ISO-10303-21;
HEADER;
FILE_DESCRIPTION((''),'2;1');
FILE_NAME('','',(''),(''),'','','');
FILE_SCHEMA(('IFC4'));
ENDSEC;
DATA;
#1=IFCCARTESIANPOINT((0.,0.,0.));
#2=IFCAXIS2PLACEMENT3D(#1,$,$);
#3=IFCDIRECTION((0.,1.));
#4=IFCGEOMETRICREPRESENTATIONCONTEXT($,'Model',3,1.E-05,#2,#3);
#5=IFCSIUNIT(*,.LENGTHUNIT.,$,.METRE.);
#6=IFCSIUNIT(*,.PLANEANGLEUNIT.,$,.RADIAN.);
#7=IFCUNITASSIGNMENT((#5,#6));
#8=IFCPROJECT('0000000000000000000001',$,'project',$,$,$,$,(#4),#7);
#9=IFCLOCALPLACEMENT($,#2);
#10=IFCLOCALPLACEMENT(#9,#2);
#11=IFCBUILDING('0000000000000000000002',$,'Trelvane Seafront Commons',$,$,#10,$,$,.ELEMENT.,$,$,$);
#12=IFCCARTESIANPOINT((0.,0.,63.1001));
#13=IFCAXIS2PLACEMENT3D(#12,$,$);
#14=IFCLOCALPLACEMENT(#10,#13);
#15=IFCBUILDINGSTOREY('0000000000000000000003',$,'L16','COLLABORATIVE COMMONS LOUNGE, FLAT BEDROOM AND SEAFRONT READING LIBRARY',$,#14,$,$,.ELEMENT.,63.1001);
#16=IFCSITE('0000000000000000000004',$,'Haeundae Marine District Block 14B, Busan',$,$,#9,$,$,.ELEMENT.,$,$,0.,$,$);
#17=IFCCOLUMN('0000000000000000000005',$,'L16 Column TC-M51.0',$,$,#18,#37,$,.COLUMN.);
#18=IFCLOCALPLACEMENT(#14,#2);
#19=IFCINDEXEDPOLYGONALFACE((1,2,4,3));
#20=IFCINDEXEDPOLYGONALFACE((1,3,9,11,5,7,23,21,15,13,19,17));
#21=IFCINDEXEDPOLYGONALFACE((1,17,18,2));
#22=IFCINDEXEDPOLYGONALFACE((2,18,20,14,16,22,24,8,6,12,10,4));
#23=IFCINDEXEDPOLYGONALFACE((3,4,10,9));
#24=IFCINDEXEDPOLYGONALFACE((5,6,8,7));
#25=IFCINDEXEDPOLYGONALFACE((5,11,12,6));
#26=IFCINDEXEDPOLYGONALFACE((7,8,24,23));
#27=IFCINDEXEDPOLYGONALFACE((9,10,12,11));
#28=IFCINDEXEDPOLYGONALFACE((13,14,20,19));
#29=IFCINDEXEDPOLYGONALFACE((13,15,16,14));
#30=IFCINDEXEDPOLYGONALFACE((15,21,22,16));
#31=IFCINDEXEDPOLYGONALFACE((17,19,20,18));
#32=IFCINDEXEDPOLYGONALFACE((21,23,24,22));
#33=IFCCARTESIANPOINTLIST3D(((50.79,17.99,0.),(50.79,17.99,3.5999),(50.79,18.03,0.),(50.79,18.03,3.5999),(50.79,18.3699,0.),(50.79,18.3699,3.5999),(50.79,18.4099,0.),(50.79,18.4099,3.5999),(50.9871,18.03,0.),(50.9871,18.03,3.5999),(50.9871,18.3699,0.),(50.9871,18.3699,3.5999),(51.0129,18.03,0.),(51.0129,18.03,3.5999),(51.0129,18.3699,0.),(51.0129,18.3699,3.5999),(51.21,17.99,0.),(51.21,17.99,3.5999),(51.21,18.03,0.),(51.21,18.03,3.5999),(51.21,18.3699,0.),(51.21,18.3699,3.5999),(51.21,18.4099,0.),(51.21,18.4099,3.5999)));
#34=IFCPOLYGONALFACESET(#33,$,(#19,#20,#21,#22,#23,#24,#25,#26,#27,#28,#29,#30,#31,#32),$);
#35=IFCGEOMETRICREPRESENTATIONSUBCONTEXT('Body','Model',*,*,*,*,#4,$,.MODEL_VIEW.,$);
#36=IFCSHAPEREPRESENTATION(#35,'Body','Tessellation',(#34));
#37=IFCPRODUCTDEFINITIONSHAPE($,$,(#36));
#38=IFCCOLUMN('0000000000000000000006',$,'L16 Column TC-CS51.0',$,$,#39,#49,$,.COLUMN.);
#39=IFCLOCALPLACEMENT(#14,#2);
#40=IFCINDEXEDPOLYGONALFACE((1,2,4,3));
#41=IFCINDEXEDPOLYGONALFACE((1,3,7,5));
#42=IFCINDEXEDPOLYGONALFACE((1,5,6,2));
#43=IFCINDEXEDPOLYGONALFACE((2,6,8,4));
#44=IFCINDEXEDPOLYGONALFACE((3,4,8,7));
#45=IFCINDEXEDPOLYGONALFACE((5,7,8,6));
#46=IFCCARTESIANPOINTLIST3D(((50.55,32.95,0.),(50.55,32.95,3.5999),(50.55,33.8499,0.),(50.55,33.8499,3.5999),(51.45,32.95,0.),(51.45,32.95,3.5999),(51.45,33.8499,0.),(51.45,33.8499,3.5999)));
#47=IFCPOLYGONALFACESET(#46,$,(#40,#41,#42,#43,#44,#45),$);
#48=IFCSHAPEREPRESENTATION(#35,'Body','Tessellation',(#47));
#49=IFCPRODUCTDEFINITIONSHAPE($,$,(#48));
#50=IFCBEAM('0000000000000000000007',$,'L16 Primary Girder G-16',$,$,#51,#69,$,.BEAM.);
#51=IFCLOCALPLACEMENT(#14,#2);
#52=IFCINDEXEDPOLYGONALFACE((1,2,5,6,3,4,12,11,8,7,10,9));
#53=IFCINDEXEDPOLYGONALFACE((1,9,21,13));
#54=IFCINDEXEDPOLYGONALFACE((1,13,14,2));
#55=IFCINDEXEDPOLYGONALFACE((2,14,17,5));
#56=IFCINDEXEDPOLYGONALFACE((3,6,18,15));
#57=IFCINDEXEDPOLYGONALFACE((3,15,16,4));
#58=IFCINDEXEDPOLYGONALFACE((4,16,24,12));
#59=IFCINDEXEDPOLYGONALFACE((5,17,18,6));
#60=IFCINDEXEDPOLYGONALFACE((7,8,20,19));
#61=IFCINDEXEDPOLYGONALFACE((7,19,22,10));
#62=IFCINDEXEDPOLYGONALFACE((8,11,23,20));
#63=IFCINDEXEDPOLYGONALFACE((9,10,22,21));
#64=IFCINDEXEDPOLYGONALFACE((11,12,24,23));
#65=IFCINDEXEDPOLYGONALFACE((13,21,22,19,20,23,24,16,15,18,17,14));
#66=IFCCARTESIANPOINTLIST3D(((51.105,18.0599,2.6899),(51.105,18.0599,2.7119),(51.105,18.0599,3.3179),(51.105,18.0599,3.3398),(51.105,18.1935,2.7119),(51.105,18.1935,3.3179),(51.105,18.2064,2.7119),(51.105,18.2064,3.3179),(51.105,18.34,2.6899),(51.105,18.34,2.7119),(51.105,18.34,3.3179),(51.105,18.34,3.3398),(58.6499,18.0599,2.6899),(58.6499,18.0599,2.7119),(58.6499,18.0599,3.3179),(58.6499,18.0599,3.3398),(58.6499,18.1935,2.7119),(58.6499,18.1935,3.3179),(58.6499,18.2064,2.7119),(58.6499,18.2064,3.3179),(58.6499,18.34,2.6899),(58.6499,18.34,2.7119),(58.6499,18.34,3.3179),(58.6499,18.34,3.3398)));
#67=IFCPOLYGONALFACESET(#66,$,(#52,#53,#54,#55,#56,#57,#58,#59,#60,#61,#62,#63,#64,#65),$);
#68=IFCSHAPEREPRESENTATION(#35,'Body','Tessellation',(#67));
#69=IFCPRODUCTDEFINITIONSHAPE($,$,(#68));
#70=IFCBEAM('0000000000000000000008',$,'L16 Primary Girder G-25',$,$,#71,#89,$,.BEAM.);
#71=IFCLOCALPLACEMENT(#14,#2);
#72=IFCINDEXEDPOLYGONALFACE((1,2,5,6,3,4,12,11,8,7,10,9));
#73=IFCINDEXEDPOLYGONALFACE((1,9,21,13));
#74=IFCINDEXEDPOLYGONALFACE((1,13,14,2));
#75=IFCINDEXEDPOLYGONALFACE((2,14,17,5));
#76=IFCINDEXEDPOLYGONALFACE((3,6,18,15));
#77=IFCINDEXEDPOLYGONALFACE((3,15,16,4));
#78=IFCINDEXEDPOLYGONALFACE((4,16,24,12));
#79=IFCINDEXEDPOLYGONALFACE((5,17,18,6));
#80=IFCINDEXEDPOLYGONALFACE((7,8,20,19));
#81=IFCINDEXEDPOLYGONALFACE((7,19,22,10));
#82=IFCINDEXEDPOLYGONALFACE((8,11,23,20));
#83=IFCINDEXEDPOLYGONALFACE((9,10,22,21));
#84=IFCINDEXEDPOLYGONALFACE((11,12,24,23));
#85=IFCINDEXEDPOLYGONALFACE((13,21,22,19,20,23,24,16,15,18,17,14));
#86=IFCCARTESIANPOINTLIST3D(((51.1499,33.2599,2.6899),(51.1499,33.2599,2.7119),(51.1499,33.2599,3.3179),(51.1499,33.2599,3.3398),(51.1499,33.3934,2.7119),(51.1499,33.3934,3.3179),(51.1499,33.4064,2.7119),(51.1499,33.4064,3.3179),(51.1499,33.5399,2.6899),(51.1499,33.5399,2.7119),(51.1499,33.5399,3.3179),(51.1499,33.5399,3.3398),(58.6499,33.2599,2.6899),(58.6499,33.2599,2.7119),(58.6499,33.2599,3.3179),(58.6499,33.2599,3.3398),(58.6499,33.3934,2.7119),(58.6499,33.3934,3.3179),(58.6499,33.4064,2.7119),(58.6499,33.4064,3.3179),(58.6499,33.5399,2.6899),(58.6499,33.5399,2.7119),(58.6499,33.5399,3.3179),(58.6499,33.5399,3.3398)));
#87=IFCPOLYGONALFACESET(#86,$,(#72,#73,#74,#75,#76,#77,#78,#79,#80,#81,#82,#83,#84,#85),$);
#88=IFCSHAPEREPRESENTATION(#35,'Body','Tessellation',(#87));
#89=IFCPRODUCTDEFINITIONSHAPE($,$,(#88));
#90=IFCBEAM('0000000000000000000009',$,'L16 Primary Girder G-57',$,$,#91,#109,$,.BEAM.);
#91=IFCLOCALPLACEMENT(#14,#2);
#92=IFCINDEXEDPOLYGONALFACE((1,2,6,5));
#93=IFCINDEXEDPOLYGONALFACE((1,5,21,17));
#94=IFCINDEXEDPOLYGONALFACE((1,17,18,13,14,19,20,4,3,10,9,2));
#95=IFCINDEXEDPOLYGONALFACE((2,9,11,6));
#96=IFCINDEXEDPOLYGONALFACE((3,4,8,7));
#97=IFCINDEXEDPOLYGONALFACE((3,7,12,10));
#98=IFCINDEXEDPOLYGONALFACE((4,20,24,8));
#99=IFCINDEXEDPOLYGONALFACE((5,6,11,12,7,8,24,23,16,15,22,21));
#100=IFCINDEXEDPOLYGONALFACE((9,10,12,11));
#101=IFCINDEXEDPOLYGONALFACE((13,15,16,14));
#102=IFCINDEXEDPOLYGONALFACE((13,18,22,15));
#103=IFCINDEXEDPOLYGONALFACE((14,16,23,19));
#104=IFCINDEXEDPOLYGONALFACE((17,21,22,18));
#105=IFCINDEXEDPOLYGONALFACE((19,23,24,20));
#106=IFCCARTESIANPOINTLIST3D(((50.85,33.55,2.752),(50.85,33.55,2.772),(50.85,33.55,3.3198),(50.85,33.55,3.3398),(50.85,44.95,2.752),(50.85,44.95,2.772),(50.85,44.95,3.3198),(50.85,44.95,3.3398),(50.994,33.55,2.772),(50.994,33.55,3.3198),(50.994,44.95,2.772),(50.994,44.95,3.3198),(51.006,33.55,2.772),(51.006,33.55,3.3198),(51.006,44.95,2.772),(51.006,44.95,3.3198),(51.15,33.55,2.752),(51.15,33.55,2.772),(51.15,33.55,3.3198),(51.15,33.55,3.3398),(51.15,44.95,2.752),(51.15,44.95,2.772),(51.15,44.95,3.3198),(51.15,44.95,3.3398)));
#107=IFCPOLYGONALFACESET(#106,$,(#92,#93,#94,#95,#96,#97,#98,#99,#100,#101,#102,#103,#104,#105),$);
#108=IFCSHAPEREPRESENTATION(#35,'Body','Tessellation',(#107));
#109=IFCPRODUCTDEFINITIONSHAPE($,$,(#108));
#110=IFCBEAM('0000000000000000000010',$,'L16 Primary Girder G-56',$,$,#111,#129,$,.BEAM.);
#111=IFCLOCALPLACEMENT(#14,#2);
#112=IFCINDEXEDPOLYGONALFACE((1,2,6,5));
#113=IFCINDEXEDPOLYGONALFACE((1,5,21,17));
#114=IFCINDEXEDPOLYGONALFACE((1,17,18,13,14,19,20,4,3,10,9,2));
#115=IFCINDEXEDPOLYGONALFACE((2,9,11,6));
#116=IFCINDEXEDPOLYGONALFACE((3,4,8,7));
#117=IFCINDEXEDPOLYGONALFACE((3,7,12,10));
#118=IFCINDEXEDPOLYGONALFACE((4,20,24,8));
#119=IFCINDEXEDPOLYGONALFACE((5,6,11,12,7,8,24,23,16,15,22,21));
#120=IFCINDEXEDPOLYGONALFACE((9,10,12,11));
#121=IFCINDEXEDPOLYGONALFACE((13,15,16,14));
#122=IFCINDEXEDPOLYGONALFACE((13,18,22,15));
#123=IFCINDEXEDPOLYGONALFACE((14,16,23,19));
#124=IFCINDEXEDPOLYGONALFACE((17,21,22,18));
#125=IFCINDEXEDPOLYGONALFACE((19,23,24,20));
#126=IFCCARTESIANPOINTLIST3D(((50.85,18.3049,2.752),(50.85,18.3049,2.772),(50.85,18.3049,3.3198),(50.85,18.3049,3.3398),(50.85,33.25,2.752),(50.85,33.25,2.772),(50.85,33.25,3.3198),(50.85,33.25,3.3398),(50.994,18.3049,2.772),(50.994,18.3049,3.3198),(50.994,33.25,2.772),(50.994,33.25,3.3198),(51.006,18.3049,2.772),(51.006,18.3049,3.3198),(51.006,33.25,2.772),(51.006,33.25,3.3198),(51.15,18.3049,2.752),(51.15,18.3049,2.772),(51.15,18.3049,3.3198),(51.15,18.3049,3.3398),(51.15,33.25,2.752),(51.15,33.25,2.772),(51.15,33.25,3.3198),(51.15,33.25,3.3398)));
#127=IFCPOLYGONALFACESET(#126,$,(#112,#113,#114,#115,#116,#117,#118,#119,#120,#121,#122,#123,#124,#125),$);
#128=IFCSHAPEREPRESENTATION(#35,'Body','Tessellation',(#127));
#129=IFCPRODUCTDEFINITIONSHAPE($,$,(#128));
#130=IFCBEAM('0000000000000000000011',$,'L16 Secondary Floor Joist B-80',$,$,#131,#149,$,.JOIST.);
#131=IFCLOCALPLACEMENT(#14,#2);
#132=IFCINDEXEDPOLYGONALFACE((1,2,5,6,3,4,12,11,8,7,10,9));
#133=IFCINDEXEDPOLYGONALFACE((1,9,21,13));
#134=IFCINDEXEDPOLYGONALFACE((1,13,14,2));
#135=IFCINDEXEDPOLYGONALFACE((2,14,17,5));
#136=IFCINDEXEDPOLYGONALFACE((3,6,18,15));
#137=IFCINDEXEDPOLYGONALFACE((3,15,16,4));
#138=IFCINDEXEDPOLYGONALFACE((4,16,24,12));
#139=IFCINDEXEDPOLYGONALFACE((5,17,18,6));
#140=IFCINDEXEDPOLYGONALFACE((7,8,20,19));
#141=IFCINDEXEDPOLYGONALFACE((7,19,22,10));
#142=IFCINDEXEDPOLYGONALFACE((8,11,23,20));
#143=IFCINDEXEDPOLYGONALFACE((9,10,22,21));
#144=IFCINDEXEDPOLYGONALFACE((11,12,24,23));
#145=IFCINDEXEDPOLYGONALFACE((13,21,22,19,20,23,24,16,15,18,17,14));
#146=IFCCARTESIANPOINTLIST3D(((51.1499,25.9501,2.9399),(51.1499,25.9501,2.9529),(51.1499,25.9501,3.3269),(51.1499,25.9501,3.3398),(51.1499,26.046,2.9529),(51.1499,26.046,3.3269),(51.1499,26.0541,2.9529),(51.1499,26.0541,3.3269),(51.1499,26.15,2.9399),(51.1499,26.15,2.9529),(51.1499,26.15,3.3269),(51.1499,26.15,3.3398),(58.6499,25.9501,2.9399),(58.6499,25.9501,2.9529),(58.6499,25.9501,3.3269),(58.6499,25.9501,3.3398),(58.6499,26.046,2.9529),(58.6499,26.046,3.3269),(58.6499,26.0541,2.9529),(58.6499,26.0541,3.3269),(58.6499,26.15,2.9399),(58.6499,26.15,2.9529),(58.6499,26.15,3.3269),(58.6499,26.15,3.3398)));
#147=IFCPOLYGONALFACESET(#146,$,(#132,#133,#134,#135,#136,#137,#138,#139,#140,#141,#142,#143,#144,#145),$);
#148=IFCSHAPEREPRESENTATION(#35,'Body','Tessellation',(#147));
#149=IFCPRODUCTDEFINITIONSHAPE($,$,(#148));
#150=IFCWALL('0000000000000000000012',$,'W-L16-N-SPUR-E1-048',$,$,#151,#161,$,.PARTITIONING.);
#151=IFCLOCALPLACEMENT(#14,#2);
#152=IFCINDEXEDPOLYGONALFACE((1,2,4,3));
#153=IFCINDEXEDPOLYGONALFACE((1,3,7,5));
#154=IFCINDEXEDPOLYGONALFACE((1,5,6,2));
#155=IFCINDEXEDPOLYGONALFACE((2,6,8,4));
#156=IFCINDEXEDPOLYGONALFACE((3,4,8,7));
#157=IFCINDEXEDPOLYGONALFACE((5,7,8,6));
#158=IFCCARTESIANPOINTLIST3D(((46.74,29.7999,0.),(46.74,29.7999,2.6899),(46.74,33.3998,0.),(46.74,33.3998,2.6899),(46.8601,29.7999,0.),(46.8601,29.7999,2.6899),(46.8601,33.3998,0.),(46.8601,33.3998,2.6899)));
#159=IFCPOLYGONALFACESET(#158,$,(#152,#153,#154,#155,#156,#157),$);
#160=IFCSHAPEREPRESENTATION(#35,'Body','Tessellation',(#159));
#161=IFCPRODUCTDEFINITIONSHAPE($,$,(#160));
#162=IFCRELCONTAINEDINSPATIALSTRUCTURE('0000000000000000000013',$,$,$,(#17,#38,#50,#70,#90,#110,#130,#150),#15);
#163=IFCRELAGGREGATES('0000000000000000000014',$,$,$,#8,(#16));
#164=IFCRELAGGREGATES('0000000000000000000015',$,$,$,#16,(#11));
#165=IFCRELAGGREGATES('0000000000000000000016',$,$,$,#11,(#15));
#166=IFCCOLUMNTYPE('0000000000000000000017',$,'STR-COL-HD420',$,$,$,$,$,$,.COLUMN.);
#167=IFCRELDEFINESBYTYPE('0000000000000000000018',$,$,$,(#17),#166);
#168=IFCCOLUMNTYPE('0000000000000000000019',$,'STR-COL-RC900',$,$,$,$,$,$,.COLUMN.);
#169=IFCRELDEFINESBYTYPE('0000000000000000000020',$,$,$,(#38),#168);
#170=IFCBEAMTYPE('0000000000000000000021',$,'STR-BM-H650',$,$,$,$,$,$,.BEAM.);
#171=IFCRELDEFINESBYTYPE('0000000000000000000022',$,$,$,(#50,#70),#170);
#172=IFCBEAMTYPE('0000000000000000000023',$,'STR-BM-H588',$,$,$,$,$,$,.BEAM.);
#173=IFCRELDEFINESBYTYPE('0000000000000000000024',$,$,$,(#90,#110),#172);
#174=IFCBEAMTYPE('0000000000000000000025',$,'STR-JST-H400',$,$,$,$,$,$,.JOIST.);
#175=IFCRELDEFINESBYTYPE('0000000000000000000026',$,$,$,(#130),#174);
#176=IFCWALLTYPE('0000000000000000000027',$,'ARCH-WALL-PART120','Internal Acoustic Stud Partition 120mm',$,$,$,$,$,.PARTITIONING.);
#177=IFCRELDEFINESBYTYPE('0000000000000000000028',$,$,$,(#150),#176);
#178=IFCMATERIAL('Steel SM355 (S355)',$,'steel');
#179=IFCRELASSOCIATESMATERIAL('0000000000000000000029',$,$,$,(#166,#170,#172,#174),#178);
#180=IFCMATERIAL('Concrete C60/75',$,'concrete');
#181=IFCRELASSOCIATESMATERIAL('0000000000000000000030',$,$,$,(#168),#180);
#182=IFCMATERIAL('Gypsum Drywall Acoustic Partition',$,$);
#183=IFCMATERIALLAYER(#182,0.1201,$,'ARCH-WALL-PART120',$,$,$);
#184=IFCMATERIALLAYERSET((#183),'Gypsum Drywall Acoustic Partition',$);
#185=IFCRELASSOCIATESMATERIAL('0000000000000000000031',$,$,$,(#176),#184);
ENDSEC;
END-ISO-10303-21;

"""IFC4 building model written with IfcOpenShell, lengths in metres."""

from ifc_helpers import new_model, si_unit, direction, frame, frame_2d, origin, origin_2d, place, context, subcontext, project, spatial, rectangle, i_section, extrude, source, transform, mapped, material, layer, layer_set, material_profile, profile_set, type_object, element, save


model = new_model("IFC4")

# Units and contexts
model_context = context("Model", 3, precision=1e-05, world=origin(), true_north=direction((0.0, 1.0)))
body_context = subcontext(model_context, "Body", "Model", "MODEL_VIEW")
ifc_project = project(units=[si_unit("LENGTHUNIT", "METRE"), si_unit("PLANEANGLEUNIT", "RADIAN")], contexts=[model_context])

# Site, building, storey
site_placement = place(None, origin())
site = spatial("IfcSite", under=ifc_project, at=site_placement, Name="Haeundae Marine District Block 14B, Busan", CompositionType="ELEMENT", RefElevation=0.0)
building_placement = place(site_placement, origin())
building = spatial("IfcBuilding", under=site, at=building_placement, Name="Trelvane Seafront Commons", CompositionType="ELEMENT")
storey_placement = place(building_placement, frame((0.0, 0.0, 63.1001)))
storey = spatial("IfcBuildingStorey", under=building, at=storey_placement, Name="L16", Description="COLLABORATIVE COMMONS LOUNGE, FLAT BEDROOM AND SEAFRONT READING LIBRARY", CompositionType="ELEMENT", Elevation=63.1001)

# Columns
ifc_material_1 = material(Name="Steel SM355 (S355)", Category="steel")
ifc_material_profile_1 = material_profile(ifc_material_1, i_section(OverallWidth=0.4199, OverallDepth=0.4199, WebThickness=0.0259, FlangeThickness=0.04, at=origin_2d()), Name="HD-420x420x26x40")
ifc_profile_set_1 = profile_set([ifc_material_profile_1], Name="Steel SM355 (S355)")
column_type_1 = type_object("IfcColumnType", Name="STR-COL-HD420", PredefinedType="COLUMN", material=ifc_profile_set_1)
shared_shape_1 = source(origin(), body_context, "Body", "SweptSolid", [
    extrude(i_section(OverallWidth=0.4199, OverallDepth=0.4199, WebThickness=0.0259, FlangeThickness=0.04, at=origin_2d()), origin(), (0.0, 0.0, 1.0), 3.5999),
])
column_1_placement = place(storey_placement, frame((51.0, 18.2, 0.0), z_axis=(0.0, 0.0, 1.0), x_axis=(1.0, 0.0, 0.0)))
element("IfcColumn", 1, at=column_1_placement, inside=storey, type_object=column_type_1, Name="L16 Column TC-M51.0", PredefinedType="COLUMN", context=body_context, shape_type="MappedRepresentation", body=[
    mapped(shared_shape_1, transform((0.0, 0.0, 0.0), x_axis=(1.0, 0.0, 0.0), y_axis=(0.0, 1.0, 0.0), z_axis=(0.0, 0.0, 1.0), scale=1.0)),
])
ifc_material_2 = material(Name="Concrete C60/75", Category="concrete")
ifc_material_profile_2 = material_profile(ifc_material_2, rectangle(XDim=0.8999, YDim=0.8999, at=origin_2d()), Name="RC-900x900")
ifc_profile_set_2 = profile_set([ifc_material_profile_2], Name="Concrete C60/75")
column_type_2 = type_object("IfcColumnType", Name="STR-COL-RC900", PredefinedType="COLUMN", material=ifc_profile_set_2)
shared_shape_2 = source(origin(), body_context, "Body", "SweptSolid", [
    extrude(rectangle(XDim=0.8999, YDim=0.8999, at=origin_2d()), origin(), (0.0, 0.0, 1.0), 3.5999),
])
column_2_placement = place(storey_placement, frame((51.0, 33.3999, 0.0), z_axis=(0.0, 0.0, 1.0), x_axis=(1.0, 0.0, 0.0)))
element("IfcColumn", 2, at=column_2_placement, inside=storey, type_object=column_type_2, Name="L16 Column TC-CS51.0", PredefinedType="COLUMN", context=body_context, shape_type="MappedRepresentation", body=[
    mapped(shared_shape_2, transform((0.0, 0.0, 0.0), x_axis=(1.0, 0.0, 0.0), y_axis=(0.0, 1.0, 0.0), z_axis=(0.0, 0.0, 1.0), scale=1.0)),
])

# Beams
ifc_material_profile_3 = material_profile(ifc_material_1, i_section(OverallWidth=0.28, OverallDepth=0.6499, WebThickness=0.0129, FlangeThickness=0.022, at=origin_2d()), Name="H-650x280x13x22")
ifc_profile_set_3 = profile_set([ifc_material_profile_3], Name="Steel SM355 (S355)")
beam_type_1 = type_object("IfcBeamType", Name="STR-BM-H650", PredefinedType="BEAM", material=ifc_profile_set_3)
shared_shape_3 = source(origin(), body_context, "Body", "SweptSolid", [
    extrude(i_section(OverallWidth=0.28, OverallDepth=0.6499, WebThickness=0.0129, FlangeThickness=0.022, at=origin_2d()), origin(), (0.0, 0.0, 1.0), 7.5449),
])
beam_1_placement = place(storey_placement, frame((51.105, 18.2, 3.0149), z_axis=(1.0, 0.0, 0.0), x_axis=(0.0, 1.0, 0.0)))
element("IfcBeam", 3, at=beam_1_placement, inside=storey, type_object=beam_type_1, Name="L16 Primary Girder G-16", PredefinedType="BEAM", context=body_context, shape_type="MappedRepresentation", body=[
    mapped(shared_shape_3, transform((0.0, 0.0, 0.0), x_axis=(1.0, 0.0, 0.0), y_axis=(0.0, 1.0, 0.0), z_axis=(0.0, 0.0, 1.0), scale=1.0)),
])
shared_shape_4 = source(origin(), body_context, "Body", "SweptSolid", [
    extrude(i_section(OverallWidth=0.28, OverallDepth=0.6499, WebThickness=0.0129, FlangeThickness=0.022, at=origin_2d()), origin(), (0.0, 0.0, 1.0), 7.5),
])
beam_2_placement = place(storey_placement, frame((51.1499, 33.3999, 3.0149), z_axis=(1.0, 0.0, 0.0), x_axis=(0.0, 1.0, 0.0)))
element("IfcBeam", 4, at=beam_2_placement, inside=storey, type_object=beam_type_1, Name="L16 Primary Girder G-25", PredefinedType="BEAM", context=body_context, shape_type="MappedRepresentation", body=[
    mapped(shared_shape_4, transform((0.0, 0.0, 0.0), x_axis=(1.0, 0.0, 0.0), y_axis=(0.0, 1.0, 0.0), z_axis=(0.0, 0.0, 1.0), scale=1.0)),
])
ifc_material_profile_4 = material_profile(ifc_material_1, i_section(OverallWidth=0.3, OverallDepth=0.5879, WebThickness=0.012, FlangeThickness=0.02, at=origin_2d()), Name="H-588x300x12x20")
ifc_profile_set_4 = profile_set([ifc_material_profile_4], Name="Steel SM355 (S355)")
beam_type_2 = type_object("IfcBeamType", Name="STR-BM-H588", PredefinedType="BEAM", material=ifc_profile_set_4)
shared_shape_5 = source(origin(), body_context, "Body", "SweptSolid", [
    extrude(i_section(OverallWidth=0.3, OverallDepth=0.5879, WebThickness=0.012, FlangeThickness=0.02, at=origin_2d()), origin(), (0.0, 0.0, 1.0), 11.3999),
])
beam_3_placement = place(storey_placement, frame((51.0, 33.55, 3.0459), z_axis=(0.0, 1.0, 0.0), x_axis=(-1.0, 0.0, 0.0)))
element("IfcBeam", 5, at=beam_3_placement, inside=storey, type_object=beam_type_2, Name="L16 Primary Girder G-57", PredefinedType="BEAM", context=body_context, shape_type="MappedRepresentation", body=[
    mapped(shared_shape_5, transform((0.0, 0.0, 0.0), x_axis=(1.0, 0.0, 0.0), y_axis=(0.0, 1.0, 0.0), z_axis=(0.0, 0.0, 1.0), scale=1.0)),
])
shared_shape_6 = source(origin(), body_context, "Body", "SweptSolid", [
    extrude(i_section(OverallWidth=0.3, OverallDepth=0.5879, WebThickness=0.012, FlangeThickness=0.02, at=origin_2d()), origin(), (0.0, 0.0, 1.0), 14.9451),
])
beam_4_placement = place(storey_placement, frame((51.0, 18.3049, 3.0459), z_axis=(0.0, 1.0, 0.0), x_axis=(-1.0, 0.0, 0.0)))
element("IfcBeam", 6, at=beam_4_placement, inside=storey, type_object=beam_type_2, Name="L16 Primary Girder G-56", PredefinedType="BEAM", context=body_context, shape_type="MappedRepresentation", body=[
    mapped(shared_shape_6, transform((0.0, 0.0, 0.0), x_axis=(1.0, 0.0, 0.0), y_axis=(0.0, 1.0, 0.0), z_axis=(0.0, 0.0, 1.0), scale=1.0)),
])
ifc_material_profile_5 = material_profile(ifc_material_1, i_section(OverallWidth=0.2, OverallDepth=0.3999, WebThickness=0.0081, FlangeThickness=0.0129, at=origin_2d()), Name="H-400x200x8x13")
ifc_profile_set_5 = profile_set([ifc_material_profile_5], Name="Steel SM355 (S355)")
beam_type_3 = type_object("IfcBeamType", Name="STR-JST-H400", PredefinedType="JOIST", material=ifc_profile_set_5)
shared_shape_7 = source(origin(), body_context, "Body", "SweptSolid", [
    extrude(i_section(OverallWidth=0.2, OverallDepth=0.3999, WebThickness=0.0081, FlangeThickness=0.0129, at=origin_2d()), origin(), (0.0, 0.0, 1.0), 7.5),
])
beam_5_placement = place(storey_placement, frame((51.1499, 26.05, 3.1399), z_axis=(1.0, 0.0, 0.0), x_axis=(0.0, 1.0, 0.0)))
element("IfcBeam", 7, at=beam_5_placement, inside=storey, type_object=beam_type_3, Name="L16 Secondary Floor Joist B-80", PredefinedType="JOIST", context=body_context, shape_type="MappedRepresentation", body=[
    mapped(shared_shape_7, transform((0.0, 0.0, 0.0), x_axis=(1.0, 0.0, 0.0), y_axis=(0.0, 1.0, 0.0), z_axis=(0.0, 0.0, 1.0), scale=1.0)),
])

# Shared definitions
ifc_material_3 = material(Name="Gypsum Drywall Acoustic Partition")
ifc_layer_1 = layer(ifc_material_3, 0.1201, Name="ARCH-WALL-PART120")
ifc_layer_set_1 = layer_set([ifc_layer_1], Name="Gypsum Drywall Acoustic Partition")
wall_type_1 = type_object("IfcWallType", Name="ARCH-WALL-PART120", Description="Internal Acoustic Stud Partition 120mm", PredefinedType="PARTITIONING", material=ifc_layer_set_1)

# Wall
wall_1_placement = place(storey_placement, frame((46.8, 29.8, 0.0), z_axis=(0.0, 0.0, 1.0), x_axis=(0.0, 1.0, 0.0)))
element("IfcWall", 8, at=wall_1_placement, inside=storey, type_object=wall_type_1, Name="W-L16-N-SPUR-E1-048", PredefinedType="PARTITIONING", context=body_context, shape_type="SweptSolid", body=[
    extrude(rectangle(XDim=3.5999, YDim=0.1201, at=frame_2d((1.7998, 0.0))), origin(), (0.0, 0.0, 1.0), 2.6899),
])

save(model, "model.ifc")
